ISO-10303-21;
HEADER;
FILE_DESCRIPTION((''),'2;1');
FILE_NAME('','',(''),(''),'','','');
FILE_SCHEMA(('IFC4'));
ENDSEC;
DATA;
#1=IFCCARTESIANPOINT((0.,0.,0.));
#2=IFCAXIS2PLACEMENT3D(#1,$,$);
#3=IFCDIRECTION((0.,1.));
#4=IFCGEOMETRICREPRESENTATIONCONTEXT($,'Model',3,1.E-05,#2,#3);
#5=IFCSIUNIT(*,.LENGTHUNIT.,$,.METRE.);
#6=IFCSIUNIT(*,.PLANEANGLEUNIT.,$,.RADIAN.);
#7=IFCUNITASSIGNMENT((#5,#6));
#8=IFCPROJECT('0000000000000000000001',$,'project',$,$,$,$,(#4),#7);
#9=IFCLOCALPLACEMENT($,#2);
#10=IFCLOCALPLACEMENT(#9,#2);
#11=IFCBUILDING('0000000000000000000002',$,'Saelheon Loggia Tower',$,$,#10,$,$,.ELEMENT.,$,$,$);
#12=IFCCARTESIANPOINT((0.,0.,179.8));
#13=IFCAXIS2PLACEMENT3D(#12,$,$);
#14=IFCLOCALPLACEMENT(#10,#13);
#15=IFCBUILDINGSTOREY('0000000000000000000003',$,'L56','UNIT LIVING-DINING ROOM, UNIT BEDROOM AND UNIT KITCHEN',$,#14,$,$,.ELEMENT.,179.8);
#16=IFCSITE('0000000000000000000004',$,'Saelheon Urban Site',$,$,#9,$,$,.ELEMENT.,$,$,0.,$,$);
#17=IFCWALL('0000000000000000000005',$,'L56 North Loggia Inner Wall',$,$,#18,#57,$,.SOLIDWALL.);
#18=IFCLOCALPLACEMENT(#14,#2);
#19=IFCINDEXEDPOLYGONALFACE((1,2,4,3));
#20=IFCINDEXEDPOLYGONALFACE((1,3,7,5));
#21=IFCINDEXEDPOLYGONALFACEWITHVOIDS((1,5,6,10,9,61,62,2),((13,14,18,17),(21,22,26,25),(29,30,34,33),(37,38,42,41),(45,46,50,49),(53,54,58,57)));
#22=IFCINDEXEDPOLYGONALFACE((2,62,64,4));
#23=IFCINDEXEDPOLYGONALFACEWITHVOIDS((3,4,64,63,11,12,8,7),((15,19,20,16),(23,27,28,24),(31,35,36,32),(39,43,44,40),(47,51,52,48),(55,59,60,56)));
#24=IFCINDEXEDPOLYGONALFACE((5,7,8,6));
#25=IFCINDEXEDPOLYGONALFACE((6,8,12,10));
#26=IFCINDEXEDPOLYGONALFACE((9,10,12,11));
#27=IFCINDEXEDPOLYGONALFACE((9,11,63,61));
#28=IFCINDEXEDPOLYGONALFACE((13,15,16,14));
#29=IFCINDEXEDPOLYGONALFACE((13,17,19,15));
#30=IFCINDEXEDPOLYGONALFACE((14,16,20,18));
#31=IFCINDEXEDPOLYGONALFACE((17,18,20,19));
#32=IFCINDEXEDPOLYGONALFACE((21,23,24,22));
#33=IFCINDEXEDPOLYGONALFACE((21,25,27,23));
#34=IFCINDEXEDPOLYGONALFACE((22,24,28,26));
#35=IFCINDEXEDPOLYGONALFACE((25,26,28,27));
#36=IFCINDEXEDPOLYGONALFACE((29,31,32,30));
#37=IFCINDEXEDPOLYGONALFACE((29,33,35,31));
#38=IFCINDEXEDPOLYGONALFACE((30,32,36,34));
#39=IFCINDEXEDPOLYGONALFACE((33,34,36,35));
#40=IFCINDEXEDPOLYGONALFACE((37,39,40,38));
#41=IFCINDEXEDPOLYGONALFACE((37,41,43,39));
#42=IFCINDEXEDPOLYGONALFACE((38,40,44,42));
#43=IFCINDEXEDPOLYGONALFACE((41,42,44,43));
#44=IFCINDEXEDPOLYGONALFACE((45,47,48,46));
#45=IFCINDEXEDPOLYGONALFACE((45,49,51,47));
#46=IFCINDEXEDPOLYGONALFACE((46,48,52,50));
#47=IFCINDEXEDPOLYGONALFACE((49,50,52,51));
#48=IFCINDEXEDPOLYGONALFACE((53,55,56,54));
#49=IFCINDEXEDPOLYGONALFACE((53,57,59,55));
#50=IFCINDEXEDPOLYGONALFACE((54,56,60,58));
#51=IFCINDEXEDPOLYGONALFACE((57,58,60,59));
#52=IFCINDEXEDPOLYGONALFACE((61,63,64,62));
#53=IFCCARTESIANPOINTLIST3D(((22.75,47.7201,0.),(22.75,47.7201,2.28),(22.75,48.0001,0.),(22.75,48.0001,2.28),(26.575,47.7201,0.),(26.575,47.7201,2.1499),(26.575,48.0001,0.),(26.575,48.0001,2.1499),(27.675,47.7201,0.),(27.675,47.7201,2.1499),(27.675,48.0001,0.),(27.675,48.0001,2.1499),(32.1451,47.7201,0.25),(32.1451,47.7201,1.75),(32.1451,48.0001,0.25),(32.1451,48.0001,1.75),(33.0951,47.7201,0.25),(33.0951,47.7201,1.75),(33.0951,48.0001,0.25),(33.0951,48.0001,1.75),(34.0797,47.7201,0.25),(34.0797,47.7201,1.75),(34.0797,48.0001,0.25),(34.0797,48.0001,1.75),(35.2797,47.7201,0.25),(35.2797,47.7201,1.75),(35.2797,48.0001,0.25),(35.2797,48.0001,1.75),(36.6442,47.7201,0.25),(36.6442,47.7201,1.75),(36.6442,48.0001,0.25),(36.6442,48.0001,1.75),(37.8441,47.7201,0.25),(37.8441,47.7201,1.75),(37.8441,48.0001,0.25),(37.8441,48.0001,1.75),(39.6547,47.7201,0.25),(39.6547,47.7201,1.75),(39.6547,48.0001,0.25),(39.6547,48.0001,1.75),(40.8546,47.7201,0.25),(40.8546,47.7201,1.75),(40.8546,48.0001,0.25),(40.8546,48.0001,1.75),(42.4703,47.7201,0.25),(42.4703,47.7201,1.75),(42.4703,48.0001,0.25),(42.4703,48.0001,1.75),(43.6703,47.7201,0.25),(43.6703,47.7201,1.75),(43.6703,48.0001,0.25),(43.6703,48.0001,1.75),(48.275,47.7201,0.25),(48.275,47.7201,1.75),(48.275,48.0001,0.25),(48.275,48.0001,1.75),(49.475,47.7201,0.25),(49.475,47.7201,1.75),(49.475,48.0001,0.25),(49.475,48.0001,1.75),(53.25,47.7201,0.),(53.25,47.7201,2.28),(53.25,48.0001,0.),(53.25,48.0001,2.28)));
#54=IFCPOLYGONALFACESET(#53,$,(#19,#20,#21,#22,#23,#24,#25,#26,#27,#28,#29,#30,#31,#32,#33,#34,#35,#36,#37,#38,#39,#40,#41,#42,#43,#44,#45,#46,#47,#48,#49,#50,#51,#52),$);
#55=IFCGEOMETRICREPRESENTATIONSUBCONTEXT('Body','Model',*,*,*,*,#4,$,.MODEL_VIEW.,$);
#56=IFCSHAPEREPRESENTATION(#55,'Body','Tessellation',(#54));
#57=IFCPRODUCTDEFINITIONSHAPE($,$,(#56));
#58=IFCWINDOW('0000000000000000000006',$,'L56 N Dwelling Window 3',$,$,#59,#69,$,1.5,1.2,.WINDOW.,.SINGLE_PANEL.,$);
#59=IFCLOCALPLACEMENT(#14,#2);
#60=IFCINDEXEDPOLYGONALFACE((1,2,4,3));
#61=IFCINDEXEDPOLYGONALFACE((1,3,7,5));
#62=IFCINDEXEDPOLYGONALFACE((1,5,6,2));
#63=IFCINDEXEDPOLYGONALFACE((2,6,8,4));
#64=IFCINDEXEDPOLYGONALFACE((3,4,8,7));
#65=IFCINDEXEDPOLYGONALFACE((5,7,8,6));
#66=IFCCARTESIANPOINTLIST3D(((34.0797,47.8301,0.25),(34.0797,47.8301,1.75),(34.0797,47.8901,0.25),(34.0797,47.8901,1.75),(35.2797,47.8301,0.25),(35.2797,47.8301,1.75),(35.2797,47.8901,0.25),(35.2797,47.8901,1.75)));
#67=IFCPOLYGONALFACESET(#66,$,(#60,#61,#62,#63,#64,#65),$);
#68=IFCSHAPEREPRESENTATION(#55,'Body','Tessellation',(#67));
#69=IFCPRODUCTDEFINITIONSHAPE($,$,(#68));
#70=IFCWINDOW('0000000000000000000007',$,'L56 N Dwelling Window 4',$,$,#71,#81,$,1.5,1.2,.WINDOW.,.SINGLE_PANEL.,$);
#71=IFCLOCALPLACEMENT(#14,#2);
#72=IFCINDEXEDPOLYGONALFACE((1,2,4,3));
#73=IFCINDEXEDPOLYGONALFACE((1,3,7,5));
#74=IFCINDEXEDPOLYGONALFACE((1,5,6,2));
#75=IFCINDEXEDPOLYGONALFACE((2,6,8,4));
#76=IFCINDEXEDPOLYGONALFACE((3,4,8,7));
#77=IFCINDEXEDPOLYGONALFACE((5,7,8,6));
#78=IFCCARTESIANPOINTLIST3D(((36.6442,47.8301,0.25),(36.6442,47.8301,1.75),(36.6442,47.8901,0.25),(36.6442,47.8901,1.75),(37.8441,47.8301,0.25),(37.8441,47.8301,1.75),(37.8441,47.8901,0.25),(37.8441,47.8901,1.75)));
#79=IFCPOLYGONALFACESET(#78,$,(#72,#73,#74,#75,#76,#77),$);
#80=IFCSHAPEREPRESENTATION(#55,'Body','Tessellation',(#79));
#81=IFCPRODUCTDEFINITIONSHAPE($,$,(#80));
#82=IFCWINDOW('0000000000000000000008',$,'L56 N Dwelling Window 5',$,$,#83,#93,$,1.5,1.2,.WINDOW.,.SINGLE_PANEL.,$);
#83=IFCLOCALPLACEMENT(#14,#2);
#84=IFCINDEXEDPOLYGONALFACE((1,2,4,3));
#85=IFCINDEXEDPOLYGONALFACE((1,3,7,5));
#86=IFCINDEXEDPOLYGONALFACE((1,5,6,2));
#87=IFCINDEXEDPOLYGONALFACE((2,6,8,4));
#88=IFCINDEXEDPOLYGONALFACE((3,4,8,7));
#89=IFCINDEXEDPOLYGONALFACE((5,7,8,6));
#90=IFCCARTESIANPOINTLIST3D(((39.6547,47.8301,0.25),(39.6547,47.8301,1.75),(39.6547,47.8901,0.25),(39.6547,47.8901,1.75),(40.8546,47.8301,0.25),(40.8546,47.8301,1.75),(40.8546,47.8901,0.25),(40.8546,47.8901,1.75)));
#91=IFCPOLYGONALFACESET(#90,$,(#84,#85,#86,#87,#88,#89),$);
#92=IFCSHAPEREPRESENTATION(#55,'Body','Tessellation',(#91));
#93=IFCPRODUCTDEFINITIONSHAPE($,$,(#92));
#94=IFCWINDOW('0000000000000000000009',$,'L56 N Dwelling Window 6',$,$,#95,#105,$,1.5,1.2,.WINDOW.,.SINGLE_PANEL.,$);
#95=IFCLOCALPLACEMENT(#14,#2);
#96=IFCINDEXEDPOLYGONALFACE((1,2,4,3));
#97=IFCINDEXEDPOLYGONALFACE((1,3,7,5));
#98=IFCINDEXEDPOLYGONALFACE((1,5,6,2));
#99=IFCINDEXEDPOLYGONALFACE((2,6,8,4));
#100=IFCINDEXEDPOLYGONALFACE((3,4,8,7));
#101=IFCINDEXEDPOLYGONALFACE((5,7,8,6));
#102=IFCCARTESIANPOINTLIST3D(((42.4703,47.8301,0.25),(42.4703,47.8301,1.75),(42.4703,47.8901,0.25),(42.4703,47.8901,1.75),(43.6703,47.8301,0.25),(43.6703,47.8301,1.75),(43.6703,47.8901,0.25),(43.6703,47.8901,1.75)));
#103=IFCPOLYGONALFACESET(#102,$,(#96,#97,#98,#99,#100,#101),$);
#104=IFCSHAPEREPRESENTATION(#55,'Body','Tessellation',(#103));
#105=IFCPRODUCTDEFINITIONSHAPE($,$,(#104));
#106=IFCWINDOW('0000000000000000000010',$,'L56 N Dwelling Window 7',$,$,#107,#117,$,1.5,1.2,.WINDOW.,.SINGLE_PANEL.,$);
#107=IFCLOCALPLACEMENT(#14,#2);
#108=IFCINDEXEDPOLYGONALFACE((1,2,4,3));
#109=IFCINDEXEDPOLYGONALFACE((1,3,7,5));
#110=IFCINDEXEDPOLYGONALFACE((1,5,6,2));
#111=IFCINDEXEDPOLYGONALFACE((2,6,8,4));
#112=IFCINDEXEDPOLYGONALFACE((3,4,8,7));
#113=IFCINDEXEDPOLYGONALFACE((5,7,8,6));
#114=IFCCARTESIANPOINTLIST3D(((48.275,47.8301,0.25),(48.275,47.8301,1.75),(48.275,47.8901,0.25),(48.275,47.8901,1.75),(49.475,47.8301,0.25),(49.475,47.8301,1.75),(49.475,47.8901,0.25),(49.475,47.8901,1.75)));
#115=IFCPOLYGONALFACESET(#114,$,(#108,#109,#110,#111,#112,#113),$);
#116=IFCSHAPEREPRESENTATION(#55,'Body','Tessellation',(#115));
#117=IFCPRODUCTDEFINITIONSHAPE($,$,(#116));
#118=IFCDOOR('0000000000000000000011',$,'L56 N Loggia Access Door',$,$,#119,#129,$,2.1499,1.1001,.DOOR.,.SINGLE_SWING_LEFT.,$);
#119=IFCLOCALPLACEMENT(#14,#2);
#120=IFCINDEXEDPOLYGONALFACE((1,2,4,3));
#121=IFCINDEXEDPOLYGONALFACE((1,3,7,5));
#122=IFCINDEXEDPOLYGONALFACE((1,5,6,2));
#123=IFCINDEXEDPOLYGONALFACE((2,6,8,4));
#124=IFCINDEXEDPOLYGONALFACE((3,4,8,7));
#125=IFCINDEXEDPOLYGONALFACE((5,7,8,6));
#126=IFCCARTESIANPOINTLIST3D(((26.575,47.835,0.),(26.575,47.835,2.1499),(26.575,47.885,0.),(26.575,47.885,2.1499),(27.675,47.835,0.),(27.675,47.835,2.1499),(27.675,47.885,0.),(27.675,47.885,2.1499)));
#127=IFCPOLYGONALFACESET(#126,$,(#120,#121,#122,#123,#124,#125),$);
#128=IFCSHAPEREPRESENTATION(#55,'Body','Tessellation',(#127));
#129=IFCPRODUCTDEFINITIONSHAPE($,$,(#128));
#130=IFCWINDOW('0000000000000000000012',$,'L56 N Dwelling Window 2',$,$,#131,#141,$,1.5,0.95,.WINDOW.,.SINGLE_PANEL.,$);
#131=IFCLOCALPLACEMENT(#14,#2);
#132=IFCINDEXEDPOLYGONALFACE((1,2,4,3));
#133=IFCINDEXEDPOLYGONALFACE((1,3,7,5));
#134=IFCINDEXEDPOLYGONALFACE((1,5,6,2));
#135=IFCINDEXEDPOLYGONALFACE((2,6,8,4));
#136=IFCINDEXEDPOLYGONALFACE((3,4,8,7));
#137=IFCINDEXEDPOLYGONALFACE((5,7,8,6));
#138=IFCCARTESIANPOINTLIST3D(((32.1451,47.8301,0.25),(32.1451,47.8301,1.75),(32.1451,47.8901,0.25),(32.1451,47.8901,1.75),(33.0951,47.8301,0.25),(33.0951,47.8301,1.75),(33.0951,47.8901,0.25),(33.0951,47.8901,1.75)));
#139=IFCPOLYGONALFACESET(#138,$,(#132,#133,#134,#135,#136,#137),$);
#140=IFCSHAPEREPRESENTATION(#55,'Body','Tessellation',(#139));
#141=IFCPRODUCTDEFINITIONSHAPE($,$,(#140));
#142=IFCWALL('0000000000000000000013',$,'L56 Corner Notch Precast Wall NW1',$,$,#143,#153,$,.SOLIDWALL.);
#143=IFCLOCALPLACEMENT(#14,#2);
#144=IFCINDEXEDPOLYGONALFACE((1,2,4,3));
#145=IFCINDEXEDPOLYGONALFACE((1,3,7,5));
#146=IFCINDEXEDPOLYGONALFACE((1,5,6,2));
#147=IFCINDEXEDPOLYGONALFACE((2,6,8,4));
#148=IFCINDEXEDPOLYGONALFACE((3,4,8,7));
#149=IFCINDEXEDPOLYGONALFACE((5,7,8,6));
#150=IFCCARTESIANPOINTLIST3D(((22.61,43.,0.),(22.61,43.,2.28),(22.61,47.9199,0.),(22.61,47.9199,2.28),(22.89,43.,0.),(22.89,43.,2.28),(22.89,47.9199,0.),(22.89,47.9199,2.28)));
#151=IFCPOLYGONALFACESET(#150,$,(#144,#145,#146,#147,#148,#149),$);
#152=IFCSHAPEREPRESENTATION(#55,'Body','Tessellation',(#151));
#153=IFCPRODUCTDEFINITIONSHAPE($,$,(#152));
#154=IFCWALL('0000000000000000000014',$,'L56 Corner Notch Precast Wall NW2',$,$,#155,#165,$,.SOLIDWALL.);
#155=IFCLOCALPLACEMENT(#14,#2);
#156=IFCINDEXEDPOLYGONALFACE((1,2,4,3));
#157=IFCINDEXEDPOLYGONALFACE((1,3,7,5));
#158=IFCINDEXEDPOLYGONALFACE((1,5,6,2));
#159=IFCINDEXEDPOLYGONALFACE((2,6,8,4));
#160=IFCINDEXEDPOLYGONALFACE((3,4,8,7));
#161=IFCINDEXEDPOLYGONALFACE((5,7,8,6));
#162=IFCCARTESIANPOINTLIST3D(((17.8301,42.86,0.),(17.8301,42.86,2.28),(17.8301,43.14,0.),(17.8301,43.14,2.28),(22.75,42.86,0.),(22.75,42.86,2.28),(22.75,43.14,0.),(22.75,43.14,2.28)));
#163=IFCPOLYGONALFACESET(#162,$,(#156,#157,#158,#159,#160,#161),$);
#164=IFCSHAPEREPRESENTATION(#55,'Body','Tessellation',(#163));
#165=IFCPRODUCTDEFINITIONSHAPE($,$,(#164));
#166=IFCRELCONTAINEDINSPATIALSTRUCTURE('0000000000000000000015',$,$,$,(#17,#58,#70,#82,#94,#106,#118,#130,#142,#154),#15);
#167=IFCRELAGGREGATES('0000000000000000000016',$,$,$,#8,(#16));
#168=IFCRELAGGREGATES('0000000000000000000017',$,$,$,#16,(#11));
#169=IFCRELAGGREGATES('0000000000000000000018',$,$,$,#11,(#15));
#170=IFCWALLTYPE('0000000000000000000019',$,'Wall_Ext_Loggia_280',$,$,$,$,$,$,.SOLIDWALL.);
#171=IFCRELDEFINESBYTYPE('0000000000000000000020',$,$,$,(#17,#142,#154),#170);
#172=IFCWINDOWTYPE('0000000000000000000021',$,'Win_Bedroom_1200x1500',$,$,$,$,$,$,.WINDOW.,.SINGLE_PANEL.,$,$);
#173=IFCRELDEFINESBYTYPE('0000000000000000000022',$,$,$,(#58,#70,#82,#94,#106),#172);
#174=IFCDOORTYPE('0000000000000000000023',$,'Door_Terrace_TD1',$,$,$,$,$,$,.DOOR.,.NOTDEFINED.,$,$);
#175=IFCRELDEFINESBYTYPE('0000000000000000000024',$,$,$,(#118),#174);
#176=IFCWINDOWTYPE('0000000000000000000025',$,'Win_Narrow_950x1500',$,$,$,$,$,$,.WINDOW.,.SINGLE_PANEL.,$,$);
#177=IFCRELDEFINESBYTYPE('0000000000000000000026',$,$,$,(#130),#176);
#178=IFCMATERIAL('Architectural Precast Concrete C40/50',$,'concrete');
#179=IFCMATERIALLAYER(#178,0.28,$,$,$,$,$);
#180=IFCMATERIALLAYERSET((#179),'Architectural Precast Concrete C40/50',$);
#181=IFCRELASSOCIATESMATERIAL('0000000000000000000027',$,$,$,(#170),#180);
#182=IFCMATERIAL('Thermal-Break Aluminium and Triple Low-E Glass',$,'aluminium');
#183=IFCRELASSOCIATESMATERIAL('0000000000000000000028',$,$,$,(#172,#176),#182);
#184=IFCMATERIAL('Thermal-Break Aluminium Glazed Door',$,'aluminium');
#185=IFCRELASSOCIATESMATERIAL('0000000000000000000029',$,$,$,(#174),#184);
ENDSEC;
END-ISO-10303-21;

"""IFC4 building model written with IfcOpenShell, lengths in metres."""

from ifc_helpers import new_model, si_unit, direction, frame, frame_2d, origin, place, context, subcontext, project, spatial, rectangle, extrude, source, transform, mapped, material, layer, layer_set, type_object, element, fill, save


model = new_model("IFC4")

# Units and contexts
model_context = context("Model", 3, precision=1e-05, world=origin(), true_north=direction((0.0, 1.0)))
body_context = subcontext(model_context, "Body", "Model", "MODEL_VIEW")
ifc_project = project(units=[si_unit("LENGTHUNIT", "METRE"), si_unit("PLANEANGLEUNIT", "RADIAN")], contexts=[model_context])

# Site, building, storey
site_placement = place(None, origin())
site = spatial("IfcSite", under=ifc_project, at=site_placement, Name="Saelheon Urban Site", CompositionType="ELEMENT", RefElevation=0.0)
building_placement = place(site_placement, origin())
building = spatial("IfcBuilding", under=site, at=building_placement, Name="Saelheon Loggia Tower", CompositionType="ELEMENT")
storey_placement = place(building_placement, frame((0.0, 0.0, 179.8)))
storey = spatial("IfcBuildingStorey", under=building, at=storey_placement, Name="L56", Description="UNIT LIVING-DINING ROOM, UNIT BEDROOM AND UNIT KITCHEN", CompositionType="ELEMENT", Elevation=179.8)

# Wall, openings, windows, door
ifc_material_1 = material(Name="Architectural Precast Concrete C40/50", Category="concrete")
ifc_layer_1 = layer(ifc_material_1, 0.28)
ifc_layer_set_1 = layer_set([ifc_layer_1], Name="Architectural Precast Concrete C40/50")
wall_type_1 = type_object("IfcWallType", Name="Wall_Ext_Loggia_280", PredefinedType="SOLIDWALL", material=ifc_layer_set_1)
wall_1_placement = place(storey_placement, frame((22.75, 47.8601, 0.0), z_axis=(0.0, 0.0, 1.0), x_axis=(1.0, 0.0, 0.0)))
wall_1 = element("IfcWall", 1, at=wall_1_placement, inside=storey, type_object=wall_type_1, Name="L56 North Loggia Inner Wall", PredefinedType="SOLIDWALL", context=body_context, shape_type="SweptSolid", body=[
    extrude(rectangle(XDim=30.5, YDim=0.28, at=frame_2d((15.25, 0.0))), origin(), (0.0, 0.0, 1.0), 2.28),
])
opening_1_placement = place(wall_1_placement, frame((3.825, 0.0, 0.0)))
opening_1 = element("IfcOpeningElement", 2, at=opening_1_placement, cuts=wall_1, PredefinedType="OPENING", context=body_context, shape_type="SweptSolid", body=[
    extrude(rectangle(XDim=1.1001, YDim=2.1499, at=frame_2d((0.55, 1.075))), frame((0.0, 0.1521, 0.0), z_axis=(0.0, -1.0, 0.0), x_axis=(1.0, 0.0, 0.0)), (0.0, 0.0, 1.0), 0.304),
])
opening_2_placement = place(wall_1_placement, frame((9.395, 0.0, 0.25)))
opening_2 = element("IfcOpeningElement", 3, at=opening_2_placement, cuts=wall_1, PredefinedType="OPENING", context=body_context, shape_type="SweptSolid", body=[
    extrude(rectangle(XDim=0.95, YDim=1.5, at=frame_2d((0.4751, 0.75))), frame((0.0, 0.1521, 0.0), z_axis=(0.0, -1.0, 0.0), x_axis=(1.0, 0.0, 0.0)), (0.0, 0.0, 1.0), 0.304),
])
opening_3_placement = place(wall_1_placement, frame((11.3296, 0.0, 0.25)))
opening_3 = element("IfcOpeningElement", 4, at=opening_3_placement, cuts=wall_1, PredefinedType="OPENING", context=body_context, shape_type="SweptSolid", body=[
    extrude(rectangle(XDim=1.2, YDim=1.5, at=frame_2d((0.6001, 0.75))), frame((0.0, 0.1521, 0.0), z_axis=(0.0, -1.0, 0.0), x_axis=(1.0, 0.0, 0.0)), (0.0, 0.0, 1.0), 0.304),
])
opening_4_placement = place(wall_1_placement, frame((13.894, 0.0, 0.25)))
opening_4 = element("IfcOpeningElement", 5, at=opening_4_placement, cuts=wall_1, PredefinedType="OPENING", context=body_context, shape_type="SweptSolid", body=[
    extrude(rectangle(XDim=1.2, YDim=1.5, at=frame_2d((0.6001, 0.75))), frame((0.0, 0.1521, 0.0), z_axis=(0.0, -1.0, 0.0), x_axis=(1.0, 0.0, 0.0)), (0.0, 0.0, 1.0), 0.304),
])
opening_5_placement = place(wall_1_placement, frame((16.9045, 0.0, 0.25)))
opening_5 = element("IfcOpeningElement", 6, at=opening_5_placement, cuts=wall_1, PredefinedType="OPENING", context=body_context, shape_type="SweptSolid", body=[
    extrude(rectangle(XDim=1.2, YDim=1.5, at=frame_2d((0.6001, 0.75))), frame((0.0, 0.1521, 0.0), z_axis=(0.0, -1.0, 0.0), x_axis=(1.0, 0.0, 0.0)), (0.0, 0.0, 1.0), 0.304),
])
opening_6_placement = place(wall_1_placement, frame((19.7202, 0.0, 0.25)))
opening_6 = element("IfcOpeningElement", 7, at=opening_6_placement, cuts=wall_1, PredefinedType="OPENING", context=body_context, shape_type="SweptSolid", body=[
    extrude(rectangle(XDim=1.2, YDim=1.5, at=frame_2d((0.6001, 0.75))), frame((0.0, 0.1521, 0.0), z_axis=(0.0, -1.0, 0.0), x_axis=(1.0, 0.0, 0.0)), (0.0, 0.0, 1.0), 0.304),
])
opening_7_placement = place(wall_1_placement, frame((25.5249, 0.0, 0.25)))
opening_7 = element("IfcOpeningElement", 8, at=opening_7_placement, cuts=wall_1, PredefinedType="OPENING", context=body_context, shape_type="SweptSolid", body=[
    extrude(rectangle(XDim=1.2, YDim=1.5, at=frame_2d((0.6001, 0.75))), frame((0.0, 0.1521, 0.0), z_axis=(0.0, -1.0, 0.0), x_axis=(1.0, 0.0, 0.0)), (0.0, 0.0, 1.0), 0.304),
])
ifc_material_2 = material(Name="Thermal-Break Aluminium and Triple Low-E Glass", Category="aluminium")
window_type_1 = type_object("IfcWindowType", Name="Win_Bedroom_1200x1500", PartitioningType="SINGLE_PANEL", PredefinedType="WINDOW", material=ifc_material_2)
shared_shape_1 = source(origin(), body_context, "Body", "SweptSolid", [
    extrude(rectangle(XDim=1.2, YDim=1.5, at=frame_2d((0.6001, 0.75))), frame((0.0, 0.03, 0.0), z_axis=(0.0, -1.0, 0.0), x_axis=(1.0, 0.0, 0.0)), (0.0, 0.0, 1.0), 0.0601),
])
window_1_placement = place(opening_3_placement, origin())
window_1 = element("IfcWindow", 9, at=window_1_placement, inside=storey, type_object=window_type_1, Name="L56 N Dwelling Window 3", OverallHeight=1.5, OverallWidth=1.2, PartitioningType="SINGLE_PANEL", PredefinedType="WINDOW", context=body_context, shape_type="MappedRepresentation", body=[
    mapped(shared_shape_1, transform((0.0, 0.0, 0.0), scale=1.0)),
])
fill(opening_3, window_1)
window_2_placement = place(opening_4_placement, origin())
window_2 = element("IfcWindow", 10, at=window_2_placement, inside=storey, type_object=window_type_1, Name="L56 N Dwelling Window 4", OverallHeight=1.5, OverallWidth=1.2, PartitioningType="SINGLE_PANEL", PredefinedType="WINDOW", context=body_context, shape_type="MappedRepresentation", body=[
    mapped(shared_shape_1, transform((0.0, 0.0, 0.0), scale=1.0)),
])
fill(opening_4, window_2)
window_3_placement = place(opening_5_placement, origin())
window_3 = element("IfcWindow", 11, at=window_3_placement, inside=storey, type_object=window_type_1, Name="L56 N Dwelling Window 5", OverallHeight=1.5, OverallWidth=1.2, PartitioningType="SINGLE_PANEL", PredefinedType="WINDOW", context=body_context, shape_type="MappedRepresentation", body=[
    mapped(shared_shape_1, transform((0.0, 0.0, 0.0), scale=1.0)),
])
fill(opening_5, window_3)
window_4_placement = place(opening_6_placement, origin())
window_4 = element("IfcWindow", 12, at=window_4_placement, inside=storey, type_object=window_type_1, Name="L56 N Dwelling Window 6", OverallHeight=1.5, OverallWidth=1.2, PartitioningType="SINGLE_PANEL", PredefinedType="WINDOW", context=body_context, shape_type="MappedRepresentation", body=[
    mapped(shared_shape_1, transform((0.0, 0.0, 0.0), scale=1.0)),
])
fill(opening_6, window_4)
window_5_placement = place(opening_7_placement, origin())
window_5 = element("IfcWindow", 13, at=window_5_placement, inside=storey, type_object=window_type_1, Name="L56 N Dwelling Window 7", OverallHeight=1.5, OverallWidth=1.2, PartitioningType="SINGLE_PANEL", PredefinedType="WINDOW", context=body_context, shape_type="MappedRepresentation", body=[
    mapped(shared_shape_1, transform((0.0, 0.0, 0.0), scale=1.0)),
])
fill(opening_7, window_5)
ifc_material_3 = material(Name="Thermal-Break Aluminium Glazed Door", Category="aluminium")
door_type_1 = type_object("IfcDoorType", Name="Door_Terrace_TD1", OperationType="NOTDEFINED", PredefinedType="DOOR", material=ifc_material_3)
shared_shape_2 = source(origin(), body_context, "Body", "SweptSolid", [
    extrude(rectangle(XDim=1.1001, YDim=2.1499, at=frame_2d((0.55, 1.075))), frame((0.0, 0.0249, 0.0), z_axis=(0.0, -1.0, 0.0), x_axis=(1.0, 0.0, 0.0)), (0.0, 0.0, 1.0), 0.05),
])
door_1_placement = place(opening_1_placement, origin())
door_1 = element("IfcDoor", 14, at=door_1_placement, inside=storey, type_object=door_type_1, Name="L56 N Loggia Access Door", OperationType="SINGLE_SWING_LEFT", OverallHeight=2.1499, OverallWidth=1.1001, PredefinedType="DOOR", context=body_context, shape_type="MappedRepresentation", body=[
    mapped(shared_shape_2, transform((0.0, 0.0, 0.0), scale=1.0)),
])
fill(opening_1, door_1)
window_type_2 = type_object("IfcWindowType", Name="Win_Narrow_950x1500", PartitioningType="SINGLE_PANEL", PredefinedType="WINDOW", material=ifc_material_2)
shared_shape_3 = source(origin(), body_context, "Body", "SweptSolid", [
    extrude(rectangle(XDim=0.95, YDim=1.5, at=frame_2d((0.4751, 0.75))), frame((0.0, 0.03, 0.0), z_axis=(0.0, -1.0, 0.0), x_axis=(1.0, 0.0, 0.0)), (0.0, 0.0, 1.0), 0.0601),
])
window_6_placement = place(opening_2_placement, origin())
window_6 = element("IfcWindow", 15, at=window_6_placement, inside=storey, type_object=window_type_2, Name="L56 N Dwelling Window 2", OverallHeight=1.5, OverallWidth=0.95, PartitioningType="SINGLE_PANEL", PredefinedType="WINDOW", context=body_context, shape_type="MappedRepresentation", body=[
    mapped(shared_shape_3, transform((0.0, 0.0, 0.0), scale=1.0)),
])
fill(opening_2, window_6)

# Walls
for number, where, z_axis, x_axis, name in (
    (16, (22.75, 43.0, 0.0), (0.0, 0.0, 1.0), (0.0, 1.0, 0.0), "L56 Corner Notch Precast Wall NW1"),
    (17, (17.8301, 43.0, 0.0), (0.0, 0.0, 1.0), (1.0, 0.0, 0.0), "L56 Corner Notch Precast Wall NW2"),
):
    element("IfcWall", number, at=place(storey_placement, frame(where, z_axis=z_axis, x_axis=x_axis)), inside=storey, type_object=wall_type_1, Name=name, PredefinedType="SOLIDWALL", context=body_context, shape_type="SweptSolid", body=[
        extrude(rectangle(XDim=4.9199, YDim=0.28, at=frame_2d((2.46, 0.0))), origin(), (0.0, 0.0, 1.0), 2.28),
    ])

save(model, "model.ifc")
